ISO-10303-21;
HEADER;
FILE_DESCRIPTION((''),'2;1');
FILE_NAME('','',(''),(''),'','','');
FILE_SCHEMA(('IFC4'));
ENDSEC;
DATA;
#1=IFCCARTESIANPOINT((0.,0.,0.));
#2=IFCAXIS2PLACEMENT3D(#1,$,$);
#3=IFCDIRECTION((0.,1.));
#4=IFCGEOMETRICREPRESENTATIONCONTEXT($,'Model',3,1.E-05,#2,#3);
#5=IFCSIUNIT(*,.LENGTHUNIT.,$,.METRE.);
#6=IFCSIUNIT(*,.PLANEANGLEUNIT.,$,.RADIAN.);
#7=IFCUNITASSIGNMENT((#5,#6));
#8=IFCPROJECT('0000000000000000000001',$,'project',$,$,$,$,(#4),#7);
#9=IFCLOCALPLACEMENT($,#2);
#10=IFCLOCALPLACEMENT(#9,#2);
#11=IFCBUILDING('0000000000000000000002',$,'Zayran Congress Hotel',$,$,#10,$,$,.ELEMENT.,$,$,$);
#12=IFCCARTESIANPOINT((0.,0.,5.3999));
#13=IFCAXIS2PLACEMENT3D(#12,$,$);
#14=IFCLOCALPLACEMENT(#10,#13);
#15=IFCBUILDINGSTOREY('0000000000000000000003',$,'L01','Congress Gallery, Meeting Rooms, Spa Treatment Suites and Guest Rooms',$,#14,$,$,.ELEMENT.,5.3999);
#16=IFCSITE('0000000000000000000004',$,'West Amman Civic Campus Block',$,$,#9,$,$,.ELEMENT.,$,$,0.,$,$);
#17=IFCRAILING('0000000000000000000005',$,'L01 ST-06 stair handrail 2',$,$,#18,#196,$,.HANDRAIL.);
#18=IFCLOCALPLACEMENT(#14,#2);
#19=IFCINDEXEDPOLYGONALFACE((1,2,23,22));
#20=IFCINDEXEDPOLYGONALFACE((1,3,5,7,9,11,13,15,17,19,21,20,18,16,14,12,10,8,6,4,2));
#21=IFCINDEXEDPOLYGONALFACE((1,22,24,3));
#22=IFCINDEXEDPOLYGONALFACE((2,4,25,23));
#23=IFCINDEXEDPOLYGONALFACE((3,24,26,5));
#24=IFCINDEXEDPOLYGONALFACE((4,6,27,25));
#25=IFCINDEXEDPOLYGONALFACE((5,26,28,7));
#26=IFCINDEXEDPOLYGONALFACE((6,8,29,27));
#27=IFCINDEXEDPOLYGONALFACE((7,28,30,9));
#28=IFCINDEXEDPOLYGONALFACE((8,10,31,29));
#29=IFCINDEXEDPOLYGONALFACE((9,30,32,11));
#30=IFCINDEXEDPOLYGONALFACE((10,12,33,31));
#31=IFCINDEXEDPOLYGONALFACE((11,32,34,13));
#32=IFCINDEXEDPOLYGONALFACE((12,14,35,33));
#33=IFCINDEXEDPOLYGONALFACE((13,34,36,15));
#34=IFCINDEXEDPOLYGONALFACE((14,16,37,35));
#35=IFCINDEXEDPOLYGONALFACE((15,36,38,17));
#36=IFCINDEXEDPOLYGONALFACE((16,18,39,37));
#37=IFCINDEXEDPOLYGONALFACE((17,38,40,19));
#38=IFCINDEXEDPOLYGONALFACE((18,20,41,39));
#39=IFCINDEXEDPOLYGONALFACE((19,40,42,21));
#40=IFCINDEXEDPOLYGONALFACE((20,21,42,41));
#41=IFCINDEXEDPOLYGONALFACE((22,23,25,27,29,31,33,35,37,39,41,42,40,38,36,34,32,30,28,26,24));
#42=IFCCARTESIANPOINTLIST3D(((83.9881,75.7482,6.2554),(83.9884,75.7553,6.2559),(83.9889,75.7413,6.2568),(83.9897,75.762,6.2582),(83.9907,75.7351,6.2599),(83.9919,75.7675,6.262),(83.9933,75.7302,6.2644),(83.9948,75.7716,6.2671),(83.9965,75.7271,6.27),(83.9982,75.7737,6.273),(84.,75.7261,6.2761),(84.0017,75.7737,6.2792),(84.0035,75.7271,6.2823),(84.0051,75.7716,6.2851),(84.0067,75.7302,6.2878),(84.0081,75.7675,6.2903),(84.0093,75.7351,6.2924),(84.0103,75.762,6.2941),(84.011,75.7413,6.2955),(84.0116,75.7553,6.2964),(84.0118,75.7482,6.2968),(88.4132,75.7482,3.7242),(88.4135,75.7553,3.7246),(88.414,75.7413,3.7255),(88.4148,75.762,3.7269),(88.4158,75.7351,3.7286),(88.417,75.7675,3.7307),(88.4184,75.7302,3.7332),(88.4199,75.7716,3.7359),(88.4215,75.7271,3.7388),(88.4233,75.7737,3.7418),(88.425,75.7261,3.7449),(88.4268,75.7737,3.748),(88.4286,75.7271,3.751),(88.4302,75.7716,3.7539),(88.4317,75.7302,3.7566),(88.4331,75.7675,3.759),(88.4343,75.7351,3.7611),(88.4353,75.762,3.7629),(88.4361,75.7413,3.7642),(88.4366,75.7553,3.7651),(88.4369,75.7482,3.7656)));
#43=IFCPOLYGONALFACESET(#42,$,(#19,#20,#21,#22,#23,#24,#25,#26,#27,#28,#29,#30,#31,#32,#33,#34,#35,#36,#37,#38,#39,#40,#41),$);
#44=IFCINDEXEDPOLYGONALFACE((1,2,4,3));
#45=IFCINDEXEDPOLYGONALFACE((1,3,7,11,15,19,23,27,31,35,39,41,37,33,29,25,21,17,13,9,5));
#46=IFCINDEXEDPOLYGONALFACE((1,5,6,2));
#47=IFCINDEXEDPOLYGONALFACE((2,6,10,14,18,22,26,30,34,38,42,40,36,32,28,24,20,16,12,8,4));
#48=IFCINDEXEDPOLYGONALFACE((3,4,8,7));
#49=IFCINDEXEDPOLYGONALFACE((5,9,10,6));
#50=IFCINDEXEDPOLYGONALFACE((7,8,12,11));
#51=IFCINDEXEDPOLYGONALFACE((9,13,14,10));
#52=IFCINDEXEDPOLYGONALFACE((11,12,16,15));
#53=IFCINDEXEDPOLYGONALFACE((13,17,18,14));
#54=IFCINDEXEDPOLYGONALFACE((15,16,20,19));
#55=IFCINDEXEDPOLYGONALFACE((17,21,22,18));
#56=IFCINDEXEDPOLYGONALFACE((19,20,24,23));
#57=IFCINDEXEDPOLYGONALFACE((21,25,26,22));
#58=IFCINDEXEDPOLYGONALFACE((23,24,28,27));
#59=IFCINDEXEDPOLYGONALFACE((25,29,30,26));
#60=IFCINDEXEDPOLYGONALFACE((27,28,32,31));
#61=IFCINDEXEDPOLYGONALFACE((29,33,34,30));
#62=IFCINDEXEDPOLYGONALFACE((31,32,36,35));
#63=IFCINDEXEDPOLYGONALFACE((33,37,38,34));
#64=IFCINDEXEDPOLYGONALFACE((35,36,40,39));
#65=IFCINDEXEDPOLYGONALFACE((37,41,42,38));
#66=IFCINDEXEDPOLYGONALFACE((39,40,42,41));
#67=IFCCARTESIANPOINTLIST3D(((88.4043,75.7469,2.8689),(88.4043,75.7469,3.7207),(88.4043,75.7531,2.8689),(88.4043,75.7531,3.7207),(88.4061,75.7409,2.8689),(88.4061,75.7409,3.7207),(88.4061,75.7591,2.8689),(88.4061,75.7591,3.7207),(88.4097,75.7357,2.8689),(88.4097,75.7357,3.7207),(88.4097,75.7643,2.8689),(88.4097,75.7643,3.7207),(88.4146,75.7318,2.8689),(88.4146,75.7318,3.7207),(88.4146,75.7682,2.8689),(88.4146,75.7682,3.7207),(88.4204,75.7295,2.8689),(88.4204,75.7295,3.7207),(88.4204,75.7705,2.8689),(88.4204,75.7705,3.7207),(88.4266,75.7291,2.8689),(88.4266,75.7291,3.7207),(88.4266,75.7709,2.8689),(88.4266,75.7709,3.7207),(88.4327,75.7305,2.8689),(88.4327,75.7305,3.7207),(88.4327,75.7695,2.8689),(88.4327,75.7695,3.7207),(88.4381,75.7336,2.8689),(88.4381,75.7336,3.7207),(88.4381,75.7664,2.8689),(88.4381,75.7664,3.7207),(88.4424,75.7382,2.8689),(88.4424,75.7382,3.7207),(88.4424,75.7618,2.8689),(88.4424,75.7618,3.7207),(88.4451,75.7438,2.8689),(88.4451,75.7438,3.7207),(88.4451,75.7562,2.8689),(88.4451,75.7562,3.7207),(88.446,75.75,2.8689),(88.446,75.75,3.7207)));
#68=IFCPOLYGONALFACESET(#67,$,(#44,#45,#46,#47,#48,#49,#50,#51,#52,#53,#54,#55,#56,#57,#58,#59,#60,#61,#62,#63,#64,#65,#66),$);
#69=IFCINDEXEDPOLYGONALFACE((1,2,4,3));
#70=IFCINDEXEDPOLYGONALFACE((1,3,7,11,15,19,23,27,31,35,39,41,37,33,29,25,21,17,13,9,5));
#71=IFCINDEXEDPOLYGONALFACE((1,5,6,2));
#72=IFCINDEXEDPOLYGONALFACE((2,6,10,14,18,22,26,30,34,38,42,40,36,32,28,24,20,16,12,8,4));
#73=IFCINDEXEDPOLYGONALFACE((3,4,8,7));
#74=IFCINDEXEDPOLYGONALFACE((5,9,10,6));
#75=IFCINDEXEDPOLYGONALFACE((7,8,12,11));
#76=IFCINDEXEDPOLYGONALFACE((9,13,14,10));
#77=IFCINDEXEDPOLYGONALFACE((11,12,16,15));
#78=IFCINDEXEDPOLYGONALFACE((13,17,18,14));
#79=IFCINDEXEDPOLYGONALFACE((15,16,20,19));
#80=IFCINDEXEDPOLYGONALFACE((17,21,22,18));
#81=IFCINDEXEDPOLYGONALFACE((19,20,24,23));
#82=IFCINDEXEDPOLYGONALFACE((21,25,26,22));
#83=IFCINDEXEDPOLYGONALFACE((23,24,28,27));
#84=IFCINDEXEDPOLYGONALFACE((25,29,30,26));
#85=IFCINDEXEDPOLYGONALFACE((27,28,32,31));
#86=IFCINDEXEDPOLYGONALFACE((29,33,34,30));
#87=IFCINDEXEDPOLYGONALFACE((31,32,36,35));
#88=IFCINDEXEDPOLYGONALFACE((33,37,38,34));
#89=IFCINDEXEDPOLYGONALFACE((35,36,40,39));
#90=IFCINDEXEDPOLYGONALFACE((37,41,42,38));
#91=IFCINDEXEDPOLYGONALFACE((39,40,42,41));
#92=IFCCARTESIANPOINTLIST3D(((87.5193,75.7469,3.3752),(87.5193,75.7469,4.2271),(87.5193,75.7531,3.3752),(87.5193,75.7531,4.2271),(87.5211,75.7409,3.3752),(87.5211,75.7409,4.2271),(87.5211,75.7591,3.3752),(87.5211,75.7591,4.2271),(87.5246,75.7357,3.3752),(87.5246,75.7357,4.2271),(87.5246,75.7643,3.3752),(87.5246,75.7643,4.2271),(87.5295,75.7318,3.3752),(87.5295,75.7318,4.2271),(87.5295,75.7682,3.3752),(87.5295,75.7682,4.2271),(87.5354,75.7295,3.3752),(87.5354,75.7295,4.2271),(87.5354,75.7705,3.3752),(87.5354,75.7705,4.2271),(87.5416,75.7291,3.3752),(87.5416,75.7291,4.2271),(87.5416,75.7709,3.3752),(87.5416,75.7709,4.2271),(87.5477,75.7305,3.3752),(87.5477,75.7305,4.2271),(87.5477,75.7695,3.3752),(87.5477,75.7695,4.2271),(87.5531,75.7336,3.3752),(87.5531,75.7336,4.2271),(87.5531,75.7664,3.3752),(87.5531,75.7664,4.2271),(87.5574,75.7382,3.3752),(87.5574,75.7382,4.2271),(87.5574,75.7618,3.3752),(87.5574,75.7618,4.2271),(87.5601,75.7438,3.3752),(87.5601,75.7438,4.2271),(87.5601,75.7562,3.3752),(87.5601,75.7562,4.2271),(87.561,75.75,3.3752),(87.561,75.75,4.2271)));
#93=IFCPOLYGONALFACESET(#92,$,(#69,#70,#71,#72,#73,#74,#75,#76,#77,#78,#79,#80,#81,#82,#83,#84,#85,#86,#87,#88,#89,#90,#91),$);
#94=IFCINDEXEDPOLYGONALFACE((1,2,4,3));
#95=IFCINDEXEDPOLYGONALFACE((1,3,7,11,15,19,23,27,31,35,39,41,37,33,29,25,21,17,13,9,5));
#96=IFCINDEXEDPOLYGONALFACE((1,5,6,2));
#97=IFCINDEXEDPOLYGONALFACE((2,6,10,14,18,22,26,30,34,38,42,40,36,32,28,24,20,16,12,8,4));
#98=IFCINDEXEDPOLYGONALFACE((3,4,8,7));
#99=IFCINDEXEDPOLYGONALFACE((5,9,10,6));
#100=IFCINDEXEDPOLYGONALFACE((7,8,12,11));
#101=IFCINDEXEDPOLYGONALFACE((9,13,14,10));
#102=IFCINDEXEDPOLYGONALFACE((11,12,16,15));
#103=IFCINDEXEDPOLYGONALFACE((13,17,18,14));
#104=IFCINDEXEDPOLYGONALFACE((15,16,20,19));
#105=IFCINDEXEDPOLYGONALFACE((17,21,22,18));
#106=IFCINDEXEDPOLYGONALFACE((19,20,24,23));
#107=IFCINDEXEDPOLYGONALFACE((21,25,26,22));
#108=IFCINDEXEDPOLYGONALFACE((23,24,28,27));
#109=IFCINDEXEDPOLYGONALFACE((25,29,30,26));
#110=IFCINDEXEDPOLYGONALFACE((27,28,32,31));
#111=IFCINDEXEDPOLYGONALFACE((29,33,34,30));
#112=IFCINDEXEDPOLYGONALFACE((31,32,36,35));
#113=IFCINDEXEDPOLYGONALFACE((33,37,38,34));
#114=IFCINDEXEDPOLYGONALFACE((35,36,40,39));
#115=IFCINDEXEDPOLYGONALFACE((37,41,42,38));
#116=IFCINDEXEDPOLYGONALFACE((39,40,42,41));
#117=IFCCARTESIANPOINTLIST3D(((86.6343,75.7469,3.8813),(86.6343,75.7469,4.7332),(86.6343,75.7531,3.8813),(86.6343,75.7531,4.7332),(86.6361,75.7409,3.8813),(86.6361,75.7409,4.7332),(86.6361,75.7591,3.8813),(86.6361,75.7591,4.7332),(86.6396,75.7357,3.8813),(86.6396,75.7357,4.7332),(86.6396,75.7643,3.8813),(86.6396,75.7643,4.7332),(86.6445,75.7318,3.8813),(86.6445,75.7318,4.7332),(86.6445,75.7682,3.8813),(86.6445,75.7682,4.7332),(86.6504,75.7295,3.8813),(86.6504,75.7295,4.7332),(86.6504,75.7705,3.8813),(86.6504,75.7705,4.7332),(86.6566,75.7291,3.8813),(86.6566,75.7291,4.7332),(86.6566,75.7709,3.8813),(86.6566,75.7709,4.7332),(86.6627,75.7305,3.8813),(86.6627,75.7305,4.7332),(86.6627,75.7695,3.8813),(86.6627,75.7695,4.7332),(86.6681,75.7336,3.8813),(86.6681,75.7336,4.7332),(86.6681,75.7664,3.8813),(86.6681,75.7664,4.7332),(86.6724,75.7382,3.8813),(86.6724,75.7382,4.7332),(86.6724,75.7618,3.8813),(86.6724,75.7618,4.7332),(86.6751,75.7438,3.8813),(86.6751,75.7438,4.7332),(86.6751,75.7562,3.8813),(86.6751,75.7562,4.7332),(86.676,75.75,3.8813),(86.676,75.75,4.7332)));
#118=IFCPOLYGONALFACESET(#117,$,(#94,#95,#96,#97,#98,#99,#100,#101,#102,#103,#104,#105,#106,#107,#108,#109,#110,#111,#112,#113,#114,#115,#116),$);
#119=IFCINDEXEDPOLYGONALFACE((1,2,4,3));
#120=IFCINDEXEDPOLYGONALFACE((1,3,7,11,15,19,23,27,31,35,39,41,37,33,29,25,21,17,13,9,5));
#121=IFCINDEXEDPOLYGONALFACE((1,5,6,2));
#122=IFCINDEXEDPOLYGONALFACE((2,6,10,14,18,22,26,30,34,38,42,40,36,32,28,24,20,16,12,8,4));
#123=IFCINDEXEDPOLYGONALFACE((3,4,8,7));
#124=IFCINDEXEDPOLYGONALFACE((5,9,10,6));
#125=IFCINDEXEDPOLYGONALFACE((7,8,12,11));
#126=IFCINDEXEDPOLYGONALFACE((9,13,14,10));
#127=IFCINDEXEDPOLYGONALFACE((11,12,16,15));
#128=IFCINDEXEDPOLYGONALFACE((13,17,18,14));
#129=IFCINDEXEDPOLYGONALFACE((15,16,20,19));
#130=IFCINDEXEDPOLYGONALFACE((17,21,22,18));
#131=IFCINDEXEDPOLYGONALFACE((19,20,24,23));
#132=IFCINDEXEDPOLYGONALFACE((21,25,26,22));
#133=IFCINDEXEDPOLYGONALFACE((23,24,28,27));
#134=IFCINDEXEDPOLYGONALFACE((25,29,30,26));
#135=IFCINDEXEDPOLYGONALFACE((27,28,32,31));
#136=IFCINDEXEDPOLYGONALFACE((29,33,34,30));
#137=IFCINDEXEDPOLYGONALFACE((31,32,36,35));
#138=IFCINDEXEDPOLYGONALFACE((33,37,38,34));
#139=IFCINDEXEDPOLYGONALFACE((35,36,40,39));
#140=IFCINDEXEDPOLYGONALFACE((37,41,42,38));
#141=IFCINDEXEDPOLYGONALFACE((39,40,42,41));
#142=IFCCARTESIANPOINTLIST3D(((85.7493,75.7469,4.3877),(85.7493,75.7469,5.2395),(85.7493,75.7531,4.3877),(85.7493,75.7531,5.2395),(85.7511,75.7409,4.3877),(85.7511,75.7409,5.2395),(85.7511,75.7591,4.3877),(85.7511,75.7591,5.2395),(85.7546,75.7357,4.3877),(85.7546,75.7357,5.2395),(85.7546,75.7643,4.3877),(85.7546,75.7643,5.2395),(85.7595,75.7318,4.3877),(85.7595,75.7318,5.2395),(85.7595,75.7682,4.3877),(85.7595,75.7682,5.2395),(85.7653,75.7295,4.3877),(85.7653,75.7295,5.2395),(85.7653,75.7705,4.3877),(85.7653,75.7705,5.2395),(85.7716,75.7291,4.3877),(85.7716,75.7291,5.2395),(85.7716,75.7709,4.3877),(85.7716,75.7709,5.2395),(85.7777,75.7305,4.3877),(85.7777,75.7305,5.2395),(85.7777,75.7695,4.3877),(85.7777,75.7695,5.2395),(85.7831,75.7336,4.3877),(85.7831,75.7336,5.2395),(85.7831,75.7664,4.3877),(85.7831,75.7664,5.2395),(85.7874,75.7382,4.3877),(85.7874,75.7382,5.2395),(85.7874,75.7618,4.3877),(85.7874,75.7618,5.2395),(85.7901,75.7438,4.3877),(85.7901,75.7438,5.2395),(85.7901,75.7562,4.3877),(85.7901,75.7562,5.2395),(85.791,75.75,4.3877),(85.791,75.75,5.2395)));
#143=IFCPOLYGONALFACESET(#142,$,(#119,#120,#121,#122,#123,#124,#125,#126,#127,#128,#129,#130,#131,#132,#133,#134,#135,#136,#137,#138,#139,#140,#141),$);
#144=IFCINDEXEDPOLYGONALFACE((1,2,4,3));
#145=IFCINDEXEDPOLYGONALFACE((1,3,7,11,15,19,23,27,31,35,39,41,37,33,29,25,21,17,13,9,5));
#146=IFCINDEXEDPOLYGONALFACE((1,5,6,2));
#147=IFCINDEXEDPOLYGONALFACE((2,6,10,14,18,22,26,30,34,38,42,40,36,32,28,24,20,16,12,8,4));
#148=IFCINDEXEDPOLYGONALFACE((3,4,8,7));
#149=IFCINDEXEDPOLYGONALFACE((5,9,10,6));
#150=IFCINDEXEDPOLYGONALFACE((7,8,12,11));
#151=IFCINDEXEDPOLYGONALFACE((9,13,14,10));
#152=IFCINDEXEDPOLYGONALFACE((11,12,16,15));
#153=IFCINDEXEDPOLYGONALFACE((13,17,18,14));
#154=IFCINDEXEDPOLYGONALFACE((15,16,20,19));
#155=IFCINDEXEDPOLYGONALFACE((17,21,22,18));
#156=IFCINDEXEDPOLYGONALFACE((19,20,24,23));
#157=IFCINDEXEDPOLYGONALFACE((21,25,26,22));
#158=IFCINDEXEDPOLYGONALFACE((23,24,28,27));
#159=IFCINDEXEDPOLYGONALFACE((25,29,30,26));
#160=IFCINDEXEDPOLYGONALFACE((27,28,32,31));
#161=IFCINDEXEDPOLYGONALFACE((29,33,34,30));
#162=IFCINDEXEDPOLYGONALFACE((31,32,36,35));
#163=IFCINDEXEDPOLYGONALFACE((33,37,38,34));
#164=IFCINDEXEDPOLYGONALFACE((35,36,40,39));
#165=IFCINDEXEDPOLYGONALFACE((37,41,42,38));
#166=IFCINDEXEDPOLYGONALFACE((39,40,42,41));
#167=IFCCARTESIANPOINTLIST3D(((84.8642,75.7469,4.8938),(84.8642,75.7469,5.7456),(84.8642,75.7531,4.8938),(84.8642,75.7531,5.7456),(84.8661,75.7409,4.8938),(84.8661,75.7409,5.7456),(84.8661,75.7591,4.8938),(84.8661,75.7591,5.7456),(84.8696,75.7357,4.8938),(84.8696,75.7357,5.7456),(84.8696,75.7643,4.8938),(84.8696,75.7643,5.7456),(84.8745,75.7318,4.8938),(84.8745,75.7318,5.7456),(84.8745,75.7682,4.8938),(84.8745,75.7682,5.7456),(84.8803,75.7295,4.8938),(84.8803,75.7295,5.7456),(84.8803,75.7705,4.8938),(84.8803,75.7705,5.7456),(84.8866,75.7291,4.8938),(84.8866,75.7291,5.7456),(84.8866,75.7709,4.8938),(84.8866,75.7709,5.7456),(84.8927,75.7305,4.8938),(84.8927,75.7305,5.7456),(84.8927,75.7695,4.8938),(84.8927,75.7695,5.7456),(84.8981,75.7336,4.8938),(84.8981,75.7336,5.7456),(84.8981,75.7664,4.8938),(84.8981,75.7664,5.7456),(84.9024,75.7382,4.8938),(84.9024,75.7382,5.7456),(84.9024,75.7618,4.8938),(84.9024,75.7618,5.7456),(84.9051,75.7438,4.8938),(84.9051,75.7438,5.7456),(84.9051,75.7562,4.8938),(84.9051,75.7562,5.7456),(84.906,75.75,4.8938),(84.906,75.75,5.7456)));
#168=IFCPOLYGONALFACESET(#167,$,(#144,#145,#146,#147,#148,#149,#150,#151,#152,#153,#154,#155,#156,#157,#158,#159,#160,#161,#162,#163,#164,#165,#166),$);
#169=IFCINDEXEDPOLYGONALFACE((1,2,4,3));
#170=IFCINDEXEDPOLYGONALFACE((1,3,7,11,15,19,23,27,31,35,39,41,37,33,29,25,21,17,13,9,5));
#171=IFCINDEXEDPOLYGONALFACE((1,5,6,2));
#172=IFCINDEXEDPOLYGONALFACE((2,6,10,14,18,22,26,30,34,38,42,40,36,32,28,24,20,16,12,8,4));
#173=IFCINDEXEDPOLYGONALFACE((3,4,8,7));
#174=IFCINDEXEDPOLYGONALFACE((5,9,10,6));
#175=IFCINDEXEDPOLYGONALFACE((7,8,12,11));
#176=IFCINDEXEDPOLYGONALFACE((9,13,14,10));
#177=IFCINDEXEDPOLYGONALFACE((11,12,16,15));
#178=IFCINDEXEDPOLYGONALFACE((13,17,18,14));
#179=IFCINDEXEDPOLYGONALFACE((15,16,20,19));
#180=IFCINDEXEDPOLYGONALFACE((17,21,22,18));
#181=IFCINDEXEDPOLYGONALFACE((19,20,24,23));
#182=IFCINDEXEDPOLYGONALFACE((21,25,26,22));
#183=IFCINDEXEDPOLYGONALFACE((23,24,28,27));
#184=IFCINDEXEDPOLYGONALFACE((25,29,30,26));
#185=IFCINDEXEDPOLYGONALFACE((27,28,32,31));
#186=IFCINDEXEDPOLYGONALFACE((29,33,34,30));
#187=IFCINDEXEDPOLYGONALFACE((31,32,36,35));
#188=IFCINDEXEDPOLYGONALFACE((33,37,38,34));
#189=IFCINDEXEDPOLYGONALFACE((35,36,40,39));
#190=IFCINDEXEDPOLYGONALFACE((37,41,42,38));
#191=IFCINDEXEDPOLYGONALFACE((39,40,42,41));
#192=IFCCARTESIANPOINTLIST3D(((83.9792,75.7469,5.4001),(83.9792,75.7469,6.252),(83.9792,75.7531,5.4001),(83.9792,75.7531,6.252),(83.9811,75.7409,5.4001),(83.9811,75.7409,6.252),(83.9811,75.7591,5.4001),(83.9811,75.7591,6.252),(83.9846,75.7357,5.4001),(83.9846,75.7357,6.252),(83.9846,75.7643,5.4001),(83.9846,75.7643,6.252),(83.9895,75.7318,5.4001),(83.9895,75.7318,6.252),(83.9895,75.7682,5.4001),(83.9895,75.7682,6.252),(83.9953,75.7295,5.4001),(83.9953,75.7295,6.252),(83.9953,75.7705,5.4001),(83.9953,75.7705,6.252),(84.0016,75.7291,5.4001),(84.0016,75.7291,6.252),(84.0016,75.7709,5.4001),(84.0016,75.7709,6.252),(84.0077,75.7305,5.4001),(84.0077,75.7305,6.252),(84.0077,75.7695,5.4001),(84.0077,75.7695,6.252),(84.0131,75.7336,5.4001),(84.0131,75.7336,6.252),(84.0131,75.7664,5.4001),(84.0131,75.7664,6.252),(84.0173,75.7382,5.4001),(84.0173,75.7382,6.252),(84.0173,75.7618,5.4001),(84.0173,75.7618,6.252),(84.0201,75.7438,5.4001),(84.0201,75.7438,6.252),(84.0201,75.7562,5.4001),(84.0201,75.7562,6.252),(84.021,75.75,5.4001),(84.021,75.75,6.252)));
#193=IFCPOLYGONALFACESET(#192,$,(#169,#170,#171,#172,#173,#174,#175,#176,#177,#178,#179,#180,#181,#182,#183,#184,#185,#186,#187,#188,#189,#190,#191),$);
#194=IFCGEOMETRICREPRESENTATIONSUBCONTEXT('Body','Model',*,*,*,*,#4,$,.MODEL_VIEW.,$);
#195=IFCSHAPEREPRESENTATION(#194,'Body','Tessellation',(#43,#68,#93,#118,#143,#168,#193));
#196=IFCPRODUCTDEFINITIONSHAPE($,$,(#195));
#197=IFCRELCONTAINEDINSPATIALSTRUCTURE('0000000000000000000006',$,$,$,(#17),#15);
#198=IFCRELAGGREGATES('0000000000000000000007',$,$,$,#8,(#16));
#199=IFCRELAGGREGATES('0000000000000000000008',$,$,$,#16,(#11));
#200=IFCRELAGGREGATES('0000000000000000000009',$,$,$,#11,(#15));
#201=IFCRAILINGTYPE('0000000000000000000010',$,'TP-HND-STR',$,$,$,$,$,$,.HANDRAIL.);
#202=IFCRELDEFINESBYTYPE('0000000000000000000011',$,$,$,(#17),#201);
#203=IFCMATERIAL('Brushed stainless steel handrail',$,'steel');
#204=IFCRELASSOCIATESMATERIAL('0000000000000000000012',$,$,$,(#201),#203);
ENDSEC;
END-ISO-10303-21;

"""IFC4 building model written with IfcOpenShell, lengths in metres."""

from ifc_helpers import new_model, si_unit, direction, frame, origin, origin_2d, place, context, subcontext, project, spatial, circle, extrude, material, type_object, element, save


model = new_model("IFC4")

# Units and contexts
model_context = context("Model", 3, precision=1e-05, world=origin(), true_north=direction((0.0, 1.0)))
body_context = subcontext(model_context, "Body", "Model", "MODEL_VIEW")
ifc_project = project(units=[si_unit("LENGTHUNIT", "METRE"), si_unit("PLANEANGLEUNIT", "RADIAN")], contexts=[model_context])

# Site, building, storey
site_placement = place(None, origin())
site = spatial("IfcSite", under=ifc_project, at=site_placement, Name="West Amman Civic Campus Block", CompositionType="ELEMENT", RefElevation=0.0)
building_placement = place(site_placement, origin())
building = spatial("IfcBuilding", under=site, at=building_placement, Name="Zayran Congress Hotel", CompositionType="ELEMENT")
storey_placement = place(building_placement, frame((0.0, 0.0, 5.3999)))
storey = spatial("IfcBuildingStorey", under=building, at=storey_placement, Name="L01", Description="Congress Gallery, Meeting Rooms, Spa Treatment Suites and Guest Rooms", CompositionType="ELEMENT", Elevation=5.3999)

# Railing
ifc_material_1 = material(Name="Brushed stainless steel handrail", Category="steel")
railing_type_1 = type_object("IfcRailingType", Name="TP-HND-STR", PredefinedType="HANDRAIL", material=ifc_material_1)
railing_1_placement = place(storey_placement, frame((88.425, 75.75, 2.8689)))
element("IfcRailing", 1, at=railing_1_placement, inside=storey, type_object=railing_type_1, Name="L01 ST-06 stair handrail 2", PredefinedType="HANDRAIL", context=body_context, shape_type="SweptSolid", body=[
    extrude(circle(Radius=0.0239, at=origin_2d()), frame((0.0, 0.0, 0.876), z_axis=(-0.868019, 0.0, 0.496531), x_axis=(0.0, -1.0, 0.0)), (0.0, 0.0, 1.0), 5.0979),
    extrude(circle(Radius=0.021, at=origin_2d()), origin(), (0.0, 0.0, 1.0), 0.8518),
    extrude(circle(Radius=0.021, at=origin_2d()), frame((-0.885, 0.0, 0.5063)), (0.0, 0.0, 1.0), 0.8518),
    extrude(circle(Radius=0.021, at=origin_2d()), frame((-1.77, 0.0, 1.0125)), (0.0, 0.0, 1.0), 0.8518),
    extrude(circle(Radius=0.021, at=origin_2d()), frame((-2.655, 0.0, 1.5188)), (0.0, 0.0, 1.0), 0.8518),
    extrude(circle(Radius=0.021, at=origin_2d()), frame((-3.54, 0.0, 2.0249)), (0.0, 0.0, 1.0), 0.8518),
    extrude(circle(Radius=0.021, at=origin_2d()), frame((-4.425, 0.0, 2.5312)), (0.0, 0.0, 1.0), 0.8518),
])

save(model, "model.ifc")
